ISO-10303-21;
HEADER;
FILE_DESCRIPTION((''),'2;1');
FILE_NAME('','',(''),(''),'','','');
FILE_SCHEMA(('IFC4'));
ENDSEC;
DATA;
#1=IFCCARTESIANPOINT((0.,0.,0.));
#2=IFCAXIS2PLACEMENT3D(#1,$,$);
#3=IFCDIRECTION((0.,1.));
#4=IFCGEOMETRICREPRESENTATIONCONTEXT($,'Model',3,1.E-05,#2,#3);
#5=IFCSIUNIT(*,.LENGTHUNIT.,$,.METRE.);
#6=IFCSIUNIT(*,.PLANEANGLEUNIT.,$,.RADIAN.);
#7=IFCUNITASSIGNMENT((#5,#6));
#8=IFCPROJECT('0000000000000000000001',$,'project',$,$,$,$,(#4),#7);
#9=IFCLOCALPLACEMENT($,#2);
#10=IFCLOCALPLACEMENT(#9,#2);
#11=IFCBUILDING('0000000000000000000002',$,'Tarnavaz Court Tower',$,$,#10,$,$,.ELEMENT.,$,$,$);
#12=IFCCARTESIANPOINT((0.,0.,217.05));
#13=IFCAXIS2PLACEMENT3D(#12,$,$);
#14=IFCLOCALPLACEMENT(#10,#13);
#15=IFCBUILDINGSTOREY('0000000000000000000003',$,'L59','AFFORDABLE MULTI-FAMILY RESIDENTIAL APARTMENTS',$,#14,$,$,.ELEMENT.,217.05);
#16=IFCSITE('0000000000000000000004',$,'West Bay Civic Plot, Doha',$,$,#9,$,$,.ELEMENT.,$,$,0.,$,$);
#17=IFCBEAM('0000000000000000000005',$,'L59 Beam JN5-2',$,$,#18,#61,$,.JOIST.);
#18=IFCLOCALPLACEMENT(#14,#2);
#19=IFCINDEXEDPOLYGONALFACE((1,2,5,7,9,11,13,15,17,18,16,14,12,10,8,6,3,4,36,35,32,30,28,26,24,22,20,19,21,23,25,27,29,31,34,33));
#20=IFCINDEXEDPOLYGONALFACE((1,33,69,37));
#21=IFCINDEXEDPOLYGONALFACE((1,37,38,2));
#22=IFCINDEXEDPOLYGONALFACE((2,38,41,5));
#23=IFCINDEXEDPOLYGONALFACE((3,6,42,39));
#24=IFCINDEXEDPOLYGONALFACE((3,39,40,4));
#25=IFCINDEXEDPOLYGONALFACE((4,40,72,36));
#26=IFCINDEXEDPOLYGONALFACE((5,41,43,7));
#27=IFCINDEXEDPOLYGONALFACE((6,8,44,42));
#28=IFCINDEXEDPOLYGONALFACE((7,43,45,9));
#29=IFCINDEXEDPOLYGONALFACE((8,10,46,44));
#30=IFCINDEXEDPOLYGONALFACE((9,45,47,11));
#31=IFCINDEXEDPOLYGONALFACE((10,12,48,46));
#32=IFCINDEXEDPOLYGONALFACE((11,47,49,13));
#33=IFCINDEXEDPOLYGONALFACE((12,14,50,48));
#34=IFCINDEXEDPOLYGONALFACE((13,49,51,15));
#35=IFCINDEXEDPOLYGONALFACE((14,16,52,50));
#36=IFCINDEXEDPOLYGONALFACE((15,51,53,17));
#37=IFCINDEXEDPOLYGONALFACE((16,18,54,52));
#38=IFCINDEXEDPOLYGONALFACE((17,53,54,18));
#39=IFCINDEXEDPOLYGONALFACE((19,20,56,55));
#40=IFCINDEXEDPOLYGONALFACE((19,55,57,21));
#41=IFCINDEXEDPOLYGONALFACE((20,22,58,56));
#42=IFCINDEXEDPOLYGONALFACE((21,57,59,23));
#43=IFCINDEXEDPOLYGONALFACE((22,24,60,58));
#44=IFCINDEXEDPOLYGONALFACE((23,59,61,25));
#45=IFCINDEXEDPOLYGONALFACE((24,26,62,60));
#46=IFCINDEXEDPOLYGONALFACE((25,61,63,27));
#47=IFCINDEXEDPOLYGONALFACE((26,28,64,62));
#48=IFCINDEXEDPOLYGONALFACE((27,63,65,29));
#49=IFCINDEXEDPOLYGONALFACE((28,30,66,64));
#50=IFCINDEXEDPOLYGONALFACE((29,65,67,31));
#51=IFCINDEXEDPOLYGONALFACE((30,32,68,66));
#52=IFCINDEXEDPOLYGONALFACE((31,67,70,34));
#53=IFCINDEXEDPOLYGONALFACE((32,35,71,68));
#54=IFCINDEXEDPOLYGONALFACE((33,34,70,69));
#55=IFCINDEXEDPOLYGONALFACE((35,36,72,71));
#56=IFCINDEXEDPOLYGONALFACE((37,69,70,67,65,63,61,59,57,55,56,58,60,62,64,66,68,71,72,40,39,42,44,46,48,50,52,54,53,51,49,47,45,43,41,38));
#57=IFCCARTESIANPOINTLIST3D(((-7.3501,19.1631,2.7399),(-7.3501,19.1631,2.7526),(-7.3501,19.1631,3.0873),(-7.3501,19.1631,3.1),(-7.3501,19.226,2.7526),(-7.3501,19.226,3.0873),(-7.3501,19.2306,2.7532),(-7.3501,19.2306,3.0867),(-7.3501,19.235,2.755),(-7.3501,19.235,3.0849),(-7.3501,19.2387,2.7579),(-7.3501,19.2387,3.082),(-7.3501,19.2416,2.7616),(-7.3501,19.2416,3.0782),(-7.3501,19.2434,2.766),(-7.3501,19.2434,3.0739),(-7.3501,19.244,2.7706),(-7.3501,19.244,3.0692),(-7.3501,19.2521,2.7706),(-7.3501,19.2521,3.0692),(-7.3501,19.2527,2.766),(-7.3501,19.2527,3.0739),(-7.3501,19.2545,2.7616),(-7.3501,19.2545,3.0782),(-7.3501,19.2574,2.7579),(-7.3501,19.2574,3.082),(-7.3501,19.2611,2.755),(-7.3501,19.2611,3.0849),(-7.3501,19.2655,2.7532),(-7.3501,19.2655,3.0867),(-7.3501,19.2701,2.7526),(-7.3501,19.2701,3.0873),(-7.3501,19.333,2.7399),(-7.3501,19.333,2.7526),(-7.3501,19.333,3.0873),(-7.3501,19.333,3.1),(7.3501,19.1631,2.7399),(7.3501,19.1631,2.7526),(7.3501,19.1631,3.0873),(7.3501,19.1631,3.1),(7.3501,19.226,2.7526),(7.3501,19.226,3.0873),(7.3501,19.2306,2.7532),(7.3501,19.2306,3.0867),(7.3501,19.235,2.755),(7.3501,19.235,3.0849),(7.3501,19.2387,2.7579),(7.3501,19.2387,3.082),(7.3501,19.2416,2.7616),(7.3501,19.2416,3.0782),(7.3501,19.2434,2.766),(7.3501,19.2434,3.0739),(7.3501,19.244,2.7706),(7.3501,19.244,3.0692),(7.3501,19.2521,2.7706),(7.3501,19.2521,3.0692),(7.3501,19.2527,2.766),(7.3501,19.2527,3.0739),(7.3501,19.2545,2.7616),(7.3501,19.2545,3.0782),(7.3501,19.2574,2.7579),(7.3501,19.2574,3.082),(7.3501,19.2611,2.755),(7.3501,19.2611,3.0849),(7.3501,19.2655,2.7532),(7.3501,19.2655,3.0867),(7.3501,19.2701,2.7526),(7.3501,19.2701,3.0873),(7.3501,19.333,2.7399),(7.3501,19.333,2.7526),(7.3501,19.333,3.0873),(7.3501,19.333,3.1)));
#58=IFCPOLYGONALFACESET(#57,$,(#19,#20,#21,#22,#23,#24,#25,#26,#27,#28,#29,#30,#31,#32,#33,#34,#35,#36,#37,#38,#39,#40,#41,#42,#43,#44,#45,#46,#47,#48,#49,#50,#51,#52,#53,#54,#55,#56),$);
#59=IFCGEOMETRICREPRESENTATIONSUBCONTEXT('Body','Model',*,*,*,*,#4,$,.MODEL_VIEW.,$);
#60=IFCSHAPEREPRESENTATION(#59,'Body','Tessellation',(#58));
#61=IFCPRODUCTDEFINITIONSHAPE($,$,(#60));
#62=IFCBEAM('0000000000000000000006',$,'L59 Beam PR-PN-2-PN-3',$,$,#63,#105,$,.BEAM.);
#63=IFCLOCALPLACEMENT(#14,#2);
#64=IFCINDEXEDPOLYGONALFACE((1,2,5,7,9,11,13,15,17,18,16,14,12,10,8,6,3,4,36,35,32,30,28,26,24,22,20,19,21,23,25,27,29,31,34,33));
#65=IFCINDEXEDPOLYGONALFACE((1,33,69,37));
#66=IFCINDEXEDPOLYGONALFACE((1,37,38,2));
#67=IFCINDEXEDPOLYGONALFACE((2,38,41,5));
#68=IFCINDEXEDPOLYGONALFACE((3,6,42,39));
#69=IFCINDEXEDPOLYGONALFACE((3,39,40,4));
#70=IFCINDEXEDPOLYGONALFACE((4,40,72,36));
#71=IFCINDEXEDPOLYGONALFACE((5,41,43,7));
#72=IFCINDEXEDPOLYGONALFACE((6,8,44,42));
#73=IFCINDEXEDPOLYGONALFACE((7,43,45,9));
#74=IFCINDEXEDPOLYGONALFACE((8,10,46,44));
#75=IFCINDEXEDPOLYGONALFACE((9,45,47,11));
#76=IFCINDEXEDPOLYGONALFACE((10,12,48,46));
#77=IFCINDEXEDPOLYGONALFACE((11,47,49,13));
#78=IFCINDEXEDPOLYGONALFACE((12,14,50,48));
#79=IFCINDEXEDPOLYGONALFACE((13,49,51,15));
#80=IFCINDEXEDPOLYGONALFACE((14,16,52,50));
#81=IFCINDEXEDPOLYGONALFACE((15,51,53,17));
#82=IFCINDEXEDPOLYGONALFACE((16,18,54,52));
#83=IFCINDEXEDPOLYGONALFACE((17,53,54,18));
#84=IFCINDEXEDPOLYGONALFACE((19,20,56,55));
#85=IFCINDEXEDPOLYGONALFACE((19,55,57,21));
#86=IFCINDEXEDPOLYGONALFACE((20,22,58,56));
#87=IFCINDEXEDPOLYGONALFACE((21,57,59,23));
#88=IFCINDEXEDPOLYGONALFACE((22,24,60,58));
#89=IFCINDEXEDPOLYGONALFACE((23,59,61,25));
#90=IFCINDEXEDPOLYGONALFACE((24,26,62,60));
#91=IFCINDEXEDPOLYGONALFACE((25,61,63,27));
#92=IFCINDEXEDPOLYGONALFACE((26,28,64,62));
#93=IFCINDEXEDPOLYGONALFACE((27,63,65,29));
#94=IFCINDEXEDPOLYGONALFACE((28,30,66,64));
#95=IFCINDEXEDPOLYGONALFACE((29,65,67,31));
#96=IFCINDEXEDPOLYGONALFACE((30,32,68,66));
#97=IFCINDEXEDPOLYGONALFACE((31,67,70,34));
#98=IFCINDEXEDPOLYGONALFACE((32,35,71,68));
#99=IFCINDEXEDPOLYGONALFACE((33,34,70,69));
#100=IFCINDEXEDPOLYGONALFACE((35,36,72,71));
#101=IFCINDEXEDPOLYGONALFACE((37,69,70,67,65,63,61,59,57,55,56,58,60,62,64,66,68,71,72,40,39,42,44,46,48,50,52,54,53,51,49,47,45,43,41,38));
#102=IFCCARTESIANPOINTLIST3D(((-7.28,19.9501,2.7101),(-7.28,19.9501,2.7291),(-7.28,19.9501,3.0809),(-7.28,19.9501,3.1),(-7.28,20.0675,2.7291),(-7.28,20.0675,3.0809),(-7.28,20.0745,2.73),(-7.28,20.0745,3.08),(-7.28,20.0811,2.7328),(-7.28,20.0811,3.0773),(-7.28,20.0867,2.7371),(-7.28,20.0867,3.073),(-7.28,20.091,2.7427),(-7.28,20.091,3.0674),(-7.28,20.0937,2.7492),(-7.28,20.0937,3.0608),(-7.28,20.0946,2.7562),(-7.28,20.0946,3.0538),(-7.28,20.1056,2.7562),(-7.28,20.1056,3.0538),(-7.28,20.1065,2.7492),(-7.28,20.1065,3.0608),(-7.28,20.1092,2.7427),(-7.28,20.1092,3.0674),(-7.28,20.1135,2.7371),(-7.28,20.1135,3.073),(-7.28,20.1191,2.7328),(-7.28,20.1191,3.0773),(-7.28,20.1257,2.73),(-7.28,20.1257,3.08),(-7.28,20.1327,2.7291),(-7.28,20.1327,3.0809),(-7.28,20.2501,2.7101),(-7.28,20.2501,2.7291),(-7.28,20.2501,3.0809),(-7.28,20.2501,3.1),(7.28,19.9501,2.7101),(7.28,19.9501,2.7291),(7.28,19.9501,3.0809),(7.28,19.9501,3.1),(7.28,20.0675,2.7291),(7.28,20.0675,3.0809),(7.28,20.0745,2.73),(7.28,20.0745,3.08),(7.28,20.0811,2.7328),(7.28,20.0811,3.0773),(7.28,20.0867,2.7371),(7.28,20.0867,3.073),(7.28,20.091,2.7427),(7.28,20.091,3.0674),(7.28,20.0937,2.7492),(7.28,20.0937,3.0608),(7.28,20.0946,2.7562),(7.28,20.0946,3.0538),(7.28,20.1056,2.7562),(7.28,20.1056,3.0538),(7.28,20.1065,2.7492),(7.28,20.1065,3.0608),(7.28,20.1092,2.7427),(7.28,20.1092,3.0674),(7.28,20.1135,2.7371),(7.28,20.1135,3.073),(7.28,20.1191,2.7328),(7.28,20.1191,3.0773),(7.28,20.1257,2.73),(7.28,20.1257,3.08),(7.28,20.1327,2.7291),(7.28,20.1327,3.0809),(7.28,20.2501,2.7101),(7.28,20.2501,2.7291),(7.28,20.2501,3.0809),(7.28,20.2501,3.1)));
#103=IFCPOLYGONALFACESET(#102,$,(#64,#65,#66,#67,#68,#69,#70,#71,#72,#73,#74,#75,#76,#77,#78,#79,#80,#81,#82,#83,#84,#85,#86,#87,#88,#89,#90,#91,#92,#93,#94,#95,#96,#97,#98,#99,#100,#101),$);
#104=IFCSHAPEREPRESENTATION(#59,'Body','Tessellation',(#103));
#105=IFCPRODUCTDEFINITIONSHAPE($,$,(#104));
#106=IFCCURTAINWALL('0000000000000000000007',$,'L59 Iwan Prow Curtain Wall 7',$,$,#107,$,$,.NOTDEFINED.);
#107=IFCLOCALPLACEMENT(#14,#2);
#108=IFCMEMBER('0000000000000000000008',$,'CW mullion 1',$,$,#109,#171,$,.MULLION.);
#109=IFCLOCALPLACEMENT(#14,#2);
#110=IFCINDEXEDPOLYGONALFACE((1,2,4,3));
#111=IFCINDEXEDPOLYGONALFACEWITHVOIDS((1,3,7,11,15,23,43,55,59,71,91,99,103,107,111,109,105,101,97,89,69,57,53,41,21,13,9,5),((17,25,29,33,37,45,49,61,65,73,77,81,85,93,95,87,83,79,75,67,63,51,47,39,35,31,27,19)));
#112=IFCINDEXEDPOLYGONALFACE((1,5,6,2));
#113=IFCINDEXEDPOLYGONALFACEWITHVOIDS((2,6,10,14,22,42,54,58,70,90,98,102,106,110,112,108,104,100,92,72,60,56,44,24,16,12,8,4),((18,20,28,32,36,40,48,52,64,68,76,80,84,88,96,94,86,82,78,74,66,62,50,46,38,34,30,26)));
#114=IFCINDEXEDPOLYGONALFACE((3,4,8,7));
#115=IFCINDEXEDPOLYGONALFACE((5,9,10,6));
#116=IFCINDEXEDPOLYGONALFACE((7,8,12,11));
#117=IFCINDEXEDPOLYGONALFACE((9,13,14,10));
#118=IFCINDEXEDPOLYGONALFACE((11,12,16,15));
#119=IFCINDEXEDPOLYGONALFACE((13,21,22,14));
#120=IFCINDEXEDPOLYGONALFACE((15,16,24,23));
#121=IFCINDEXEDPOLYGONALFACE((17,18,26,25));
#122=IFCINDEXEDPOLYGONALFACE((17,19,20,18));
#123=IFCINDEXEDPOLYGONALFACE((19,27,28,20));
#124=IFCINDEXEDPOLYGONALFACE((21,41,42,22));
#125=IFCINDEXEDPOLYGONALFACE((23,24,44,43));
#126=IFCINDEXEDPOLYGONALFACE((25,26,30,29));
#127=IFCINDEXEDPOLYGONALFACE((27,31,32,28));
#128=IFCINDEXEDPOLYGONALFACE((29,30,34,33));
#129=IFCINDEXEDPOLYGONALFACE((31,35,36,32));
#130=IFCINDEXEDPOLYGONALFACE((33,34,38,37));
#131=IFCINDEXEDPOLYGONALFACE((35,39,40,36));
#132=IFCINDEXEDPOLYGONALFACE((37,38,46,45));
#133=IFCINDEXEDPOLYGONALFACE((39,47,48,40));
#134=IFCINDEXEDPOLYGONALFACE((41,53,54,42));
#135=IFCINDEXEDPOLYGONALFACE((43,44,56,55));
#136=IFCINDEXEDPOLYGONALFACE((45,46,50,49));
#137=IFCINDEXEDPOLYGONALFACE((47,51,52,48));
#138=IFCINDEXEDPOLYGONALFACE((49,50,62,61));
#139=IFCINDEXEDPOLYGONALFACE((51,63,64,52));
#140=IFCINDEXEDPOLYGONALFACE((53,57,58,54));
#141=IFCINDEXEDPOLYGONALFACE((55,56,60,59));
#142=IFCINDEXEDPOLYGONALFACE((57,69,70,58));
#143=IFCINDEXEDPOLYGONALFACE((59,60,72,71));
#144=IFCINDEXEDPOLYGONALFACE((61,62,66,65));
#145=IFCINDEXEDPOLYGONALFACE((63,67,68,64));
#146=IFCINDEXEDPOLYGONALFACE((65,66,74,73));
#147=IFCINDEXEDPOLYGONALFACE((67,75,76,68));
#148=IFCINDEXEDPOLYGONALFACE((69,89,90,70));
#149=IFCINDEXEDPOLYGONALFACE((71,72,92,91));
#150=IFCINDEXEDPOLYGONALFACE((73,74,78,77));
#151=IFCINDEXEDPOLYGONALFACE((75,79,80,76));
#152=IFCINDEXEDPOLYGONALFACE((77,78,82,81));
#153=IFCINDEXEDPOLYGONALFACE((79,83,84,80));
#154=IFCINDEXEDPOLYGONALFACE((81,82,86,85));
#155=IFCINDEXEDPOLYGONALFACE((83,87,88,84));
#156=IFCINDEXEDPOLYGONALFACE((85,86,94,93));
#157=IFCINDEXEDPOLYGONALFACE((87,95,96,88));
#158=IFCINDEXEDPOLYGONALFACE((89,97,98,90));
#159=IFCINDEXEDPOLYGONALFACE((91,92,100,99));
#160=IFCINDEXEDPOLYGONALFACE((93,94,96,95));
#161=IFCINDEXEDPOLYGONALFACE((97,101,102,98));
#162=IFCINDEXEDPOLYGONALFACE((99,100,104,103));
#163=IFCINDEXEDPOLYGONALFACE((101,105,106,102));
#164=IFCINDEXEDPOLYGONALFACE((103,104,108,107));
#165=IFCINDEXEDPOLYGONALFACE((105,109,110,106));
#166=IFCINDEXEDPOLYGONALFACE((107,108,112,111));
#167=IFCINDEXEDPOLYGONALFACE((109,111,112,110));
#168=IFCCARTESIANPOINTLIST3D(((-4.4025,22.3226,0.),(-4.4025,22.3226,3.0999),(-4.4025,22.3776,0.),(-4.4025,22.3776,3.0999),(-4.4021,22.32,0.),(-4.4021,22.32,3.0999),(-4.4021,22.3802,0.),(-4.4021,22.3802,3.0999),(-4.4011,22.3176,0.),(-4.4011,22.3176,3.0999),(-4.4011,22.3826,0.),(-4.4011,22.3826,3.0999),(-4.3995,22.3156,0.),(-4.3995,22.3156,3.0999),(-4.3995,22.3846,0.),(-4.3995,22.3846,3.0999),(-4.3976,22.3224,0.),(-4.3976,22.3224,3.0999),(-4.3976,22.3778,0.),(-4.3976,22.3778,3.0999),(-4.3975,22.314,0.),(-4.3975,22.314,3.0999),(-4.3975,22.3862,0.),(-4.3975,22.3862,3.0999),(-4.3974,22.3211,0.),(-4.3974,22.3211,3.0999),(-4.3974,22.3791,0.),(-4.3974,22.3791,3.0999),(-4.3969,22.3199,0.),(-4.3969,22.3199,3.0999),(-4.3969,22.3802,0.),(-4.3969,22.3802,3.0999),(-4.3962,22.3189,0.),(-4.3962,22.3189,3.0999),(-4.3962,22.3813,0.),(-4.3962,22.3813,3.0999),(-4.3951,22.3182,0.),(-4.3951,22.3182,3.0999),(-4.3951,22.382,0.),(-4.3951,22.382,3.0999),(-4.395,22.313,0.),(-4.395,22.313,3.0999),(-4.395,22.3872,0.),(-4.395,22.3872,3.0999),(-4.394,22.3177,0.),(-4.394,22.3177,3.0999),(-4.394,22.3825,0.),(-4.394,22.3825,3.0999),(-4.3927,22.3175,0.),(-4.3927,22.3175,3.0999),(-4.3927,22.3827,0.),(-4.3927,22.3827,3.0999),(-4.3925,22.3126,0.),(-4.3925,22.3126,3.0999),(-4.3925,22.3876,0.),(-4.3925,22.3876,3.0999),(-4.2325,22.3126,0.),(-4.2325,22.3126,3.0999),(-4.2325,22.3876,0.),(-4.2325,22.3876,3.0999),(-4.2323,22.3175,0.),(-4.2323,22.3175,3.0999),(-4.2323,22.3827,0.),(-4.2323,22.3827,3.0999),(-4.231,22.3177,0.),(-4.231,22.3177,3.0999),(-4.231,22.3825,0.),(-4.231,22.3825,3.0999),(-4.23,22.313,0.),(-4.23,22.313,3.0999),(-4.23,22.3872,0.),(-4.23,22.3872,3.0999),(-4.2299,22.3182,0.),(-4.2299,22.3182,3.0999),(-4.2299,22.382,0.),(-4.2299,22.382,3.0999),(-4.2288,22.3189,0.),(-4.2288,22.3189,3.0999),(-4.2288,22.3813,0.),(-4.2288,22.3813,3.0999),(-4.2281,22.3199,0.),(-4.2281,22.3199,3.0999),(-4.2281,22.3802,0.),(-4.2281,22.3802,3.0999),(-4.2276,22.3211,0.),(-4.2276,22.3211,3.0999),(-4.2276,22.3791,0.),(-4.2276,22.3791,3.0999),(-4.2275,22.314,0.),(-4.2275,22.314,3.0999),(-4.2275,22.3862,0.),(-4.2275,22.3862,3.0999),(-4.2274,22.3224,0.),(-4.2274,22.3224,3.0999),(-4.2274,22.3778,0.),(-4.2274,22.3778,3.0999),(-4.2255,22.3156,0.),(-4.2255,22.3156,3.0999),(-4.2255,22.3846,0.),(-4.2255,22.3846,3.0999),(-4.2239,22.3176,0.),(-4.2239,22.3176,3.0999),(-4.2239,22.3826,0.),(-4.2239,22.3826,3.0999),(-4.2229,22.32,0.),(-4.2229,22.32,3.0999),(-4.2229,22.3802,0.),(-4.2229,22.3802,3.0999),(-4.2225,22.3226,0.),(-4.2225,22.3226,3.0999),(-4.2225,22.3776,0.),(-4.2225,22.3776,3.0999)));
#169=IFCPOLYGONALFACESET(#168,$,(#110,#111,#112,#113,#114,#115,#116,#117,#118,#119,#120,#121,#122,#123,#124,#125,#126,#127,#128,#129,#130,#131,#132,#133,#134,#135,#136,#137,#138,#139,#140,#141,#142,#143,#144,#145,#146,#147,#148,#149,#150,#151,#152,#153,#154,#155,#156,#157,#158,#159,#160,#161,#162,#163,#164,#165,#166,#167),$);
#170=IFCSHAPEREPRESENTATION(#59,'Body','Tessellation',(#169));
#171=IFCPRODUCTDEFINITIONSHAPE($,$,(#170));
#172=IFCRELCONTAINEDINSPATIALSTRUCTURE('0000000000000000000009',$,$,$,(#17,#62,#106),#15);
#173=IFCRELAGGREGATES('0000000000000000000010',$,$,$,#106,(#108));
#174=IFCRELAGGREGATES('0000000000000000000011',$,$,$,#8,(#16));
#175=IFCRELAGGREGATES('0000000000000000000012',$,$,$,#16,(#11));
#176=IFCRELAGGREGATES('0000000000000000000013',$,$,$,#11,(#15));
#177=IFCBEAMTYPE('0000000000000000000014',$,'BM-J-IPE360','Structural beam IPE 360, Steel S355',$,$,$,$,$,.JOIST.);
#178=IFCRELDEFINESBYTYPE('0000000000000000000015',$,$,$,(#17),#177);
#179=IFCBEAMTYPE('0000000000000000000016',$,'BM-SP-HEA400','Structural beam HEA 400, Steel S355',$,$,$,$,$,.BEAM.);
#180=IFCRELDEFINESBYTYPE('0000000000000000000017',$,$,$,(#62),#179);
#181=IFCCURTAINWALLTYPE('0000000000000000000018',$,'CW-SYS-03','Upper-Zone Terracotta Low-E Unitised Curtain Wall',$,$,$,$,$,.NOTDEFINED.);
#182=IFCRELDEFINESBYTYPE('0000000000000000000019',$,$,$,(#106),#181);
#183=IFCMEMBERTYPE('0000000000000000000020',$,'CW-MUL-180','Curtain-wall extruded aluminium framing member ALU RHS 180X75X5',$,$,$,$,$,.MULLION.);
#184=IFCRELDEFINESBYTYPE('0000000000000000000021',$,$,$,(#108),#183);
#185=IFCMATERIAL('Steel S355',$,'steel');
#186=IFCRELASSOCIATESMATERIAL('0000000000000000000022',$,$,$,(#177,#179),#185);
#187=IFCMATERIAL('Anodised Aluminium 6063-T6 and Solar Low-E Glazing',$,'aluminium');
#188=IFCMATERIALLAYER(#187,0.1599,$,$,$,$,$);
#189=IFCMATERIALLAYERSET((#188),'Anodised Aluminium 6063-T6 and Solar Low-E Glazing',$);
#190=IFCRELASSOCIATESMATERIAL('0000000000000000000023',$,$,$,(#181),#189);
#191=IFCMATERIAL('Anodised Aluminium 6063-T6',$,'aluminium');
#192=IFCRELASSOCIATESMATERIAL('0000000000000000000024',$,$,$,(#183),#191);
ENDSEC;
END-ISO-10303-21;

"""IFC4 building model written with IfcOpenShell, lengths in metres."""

from ifc_helpers import new_model, si_unit, direction, frame, origin, origin_2d, place, context, subcontext, project, spatial, hollow_rectangle, i_section, extrude, material, layer, layer_set, material_profile, profile_set, type_object, element, aggregate, save


model = new_model("IFC4")

# Units and contexts
model_context = context("Model", 3, precision=1e-05, world=origin(), true_north=direction((0.0, 1.0)))
body_context = subcontext(model_context, "Body", "Model", "MODEL_VIEW")
ifc_project = project(units=[si_unit("LENGTHUNIT", "METRE"), si_unit("PLANEANGLEUNIT", "RADIAN")], contexts=[model_context])

# Site, building, storey
site_placement = place(None, origin())
site = spatial("IfcSite", under=ifc_project, at=site_placement, Name="West Bay Civic Plot, Doha", CompositionType="ELEMENT", RefElevation=0.0)
building_placement = place(site_placement, origin())
building = spatial("IfcBuilding", under=site, at=building_placement, Name="Tarnavaz Court Tower", CompositionType="ELEMENT")
storey_placement = place(building_placement, frame((0.0, 0.0, 217.05)))
storey = spatial("IfcBuildingStorey", under=building, at=storey_placement, Name="L59", Description="AFFORDABLE MULTI-FAMILY RESIDENTIAL APARTMENTS", CompositionType="ELEMENT", Elevation=217.05)

# Beams
ifc_material_1 = material(Name="Steel S355", Category="steel")
ifc_material_profile_1 = material_profile(ifc_material_1, i_section(OverallWidth=0.1699, OverallDepth=0.3601, WebThickness=0.0081, FlangeThickness=0.0127, FilletRadius=0.0181, at=origin_2d()), Name="IPE 360")
ifc_profile_set_1 = profile_set([ifc_material_profile_1], Name="Steel S355")
beam_type_1 = type_object("IfcBeamType", Name="BM-J-IPE360", Description="Structural beam IPE 360, Steel S355", PredefinedType="JOIST", material=ifc_profile_set_1)
for number, where, z_axis, x_axis, name in (
    (1, (-7.3501, 19.248, 2.9199), (1.0, 0.0, 0.0), (0.0, 1.0, 0.0), "L59 Beam JN5-2"),
):
    element("IfcBeam", number, at=place(storey_placement, frame(where, z_axis=z_axis, x_axis=x_axis)), inside=storey, type_object=beam_type_1, Name=name, PredefinedType="JOIST", context=body_context, shape_type="SweptSolid", body=[
        extrude(i_section(OverallWidth=0.1699, OverallDepth=0.3601, WebThickness=0.0081, FlangeThickness=0.0127, FilletRadius=0.0181, at=origin_2d()), origin(), (0.0, 0.0, 1.0), 14.7002),
    ])
ifc_material_profile_2 = material_profile(ifc_material_1, i_section(OverallWidth=0.3, OverallDepth=0.3899, WebThickness=0.011, FlangeThickness=0.019, FilletRadius=0.0271, at=origin_2d()), Name="HEA 400")
ifc_profile_set_2 = profile_set([ifc_material_profile_2], Name="Steel S355")
beam_type_2 = type_object("IfcBeamType", Name="BM-SP-HEA400", Description="Structural beam HEA 400, Steel S355", PredefinedType="BEAM", material=ifc_profile_set_2)
beam_placement = place(storey_placement, frame((-7.28, 20.1001, 2.905), z_axis=(1.0, 0.0, 0.0), x_axis=(0.0, 1.0, 0.0)))
element("IfcBeam", 2, at=beam_placement, inside=storey, type_object=beam_type_2, Name="L59 Beam PR-PN-2-PN-3", PredefinedType="BEAM", context=body_context, shape_type="SweptSolid", body=[
    extrude(i_section(OverallWidth=0.3, OverallDepth=0.3899, WebThickness=0.011, FlangeThickness=0.019, FilletRadius=0.0271, at=origin_2d()), origin(), (0.0, 0.0, 1.0), 14.5601),
])

# Curtain wall, member
ifc_material_2 = material(Name="Anodised Aluminium 6063-T6 and Solar Low-E Glazing", Category="aluminium")
ifc_layer_1 = layer(ifc_material_2, 0.1599)
ifc_layer_set_1 = layer_set([ifc_layer_1], Name="Anodised Aluminium 6063-T6 and Solar Low-E Glazing")
curtain_wall_type = type_object("IfcCurtainWallType", Name="CW-SYS-03", Description="Upper-Zone Terracotta Low-E Unitised Curtain Wall", PredefinedType="NOTDEFINED", material=ifc_layer_set_1)
curtain_wall_placement = place(storey_placement, origin())
curtain_wall = element("IfcCurtainWall", 3, at=curtain_wall_placement, inside=storey, type_object=curtain_wall_type, Name="L59 Iwan Prow Curtain Wall 7", PredefinedType="NOTDEFINED")
ifc_material_3 = material(Name="Anodised Aluminium 6063-T6", Category="aluminium")
ifc_material_profile_3 = material_profile(ifc_material_3, hollow_rectangle(XDim=0.075, YDim=0.1799, WallThickness=0.0049, InnerFilletRadius=0.0049, OuterFilletRadius=0.01, at=origin_2d()), Name="ALU RHS 180X75X5")
ifc_profile_set_3 = profile_set([ifc_material_profile_3], Name="Anodised Aluminium 6063-T6")
member_type_1 = type_object("IfcMemberType", Name="CW-MUL-180", Description="Curtain-wall extruded aluminium framing member ALU RHS 180X75X5", PredefinedType="MULLION", material=ifc_profile_set_3)
member_1_placement = place(storey_placement, frame((-4.3125, 22.3501, 0.0), z_axis=(0.0, 0.0, 1.0), x_axis=(0.0, 1.0, 0.0)))
member_1 = element("IfcMember", 4, at=member_1_placement, type_object=member_type_1, Name="CW mullion 1", PredefinedType="MULLION", context=body_context, shape_type="SweptSolid", body=[
    extrude(hollow_rectangle(XDim=0.075, YDim=0.1799, WallThickness=0.0049, InnerFilletRadius=0.0049, OuterFilletRadius=0.01, at=origin_2d()), origin(), (0.0, 0.0, 1.0), 3.0999),
])
aggregate(curtain_wall, [member_1])

save(model, "model.ifc")
